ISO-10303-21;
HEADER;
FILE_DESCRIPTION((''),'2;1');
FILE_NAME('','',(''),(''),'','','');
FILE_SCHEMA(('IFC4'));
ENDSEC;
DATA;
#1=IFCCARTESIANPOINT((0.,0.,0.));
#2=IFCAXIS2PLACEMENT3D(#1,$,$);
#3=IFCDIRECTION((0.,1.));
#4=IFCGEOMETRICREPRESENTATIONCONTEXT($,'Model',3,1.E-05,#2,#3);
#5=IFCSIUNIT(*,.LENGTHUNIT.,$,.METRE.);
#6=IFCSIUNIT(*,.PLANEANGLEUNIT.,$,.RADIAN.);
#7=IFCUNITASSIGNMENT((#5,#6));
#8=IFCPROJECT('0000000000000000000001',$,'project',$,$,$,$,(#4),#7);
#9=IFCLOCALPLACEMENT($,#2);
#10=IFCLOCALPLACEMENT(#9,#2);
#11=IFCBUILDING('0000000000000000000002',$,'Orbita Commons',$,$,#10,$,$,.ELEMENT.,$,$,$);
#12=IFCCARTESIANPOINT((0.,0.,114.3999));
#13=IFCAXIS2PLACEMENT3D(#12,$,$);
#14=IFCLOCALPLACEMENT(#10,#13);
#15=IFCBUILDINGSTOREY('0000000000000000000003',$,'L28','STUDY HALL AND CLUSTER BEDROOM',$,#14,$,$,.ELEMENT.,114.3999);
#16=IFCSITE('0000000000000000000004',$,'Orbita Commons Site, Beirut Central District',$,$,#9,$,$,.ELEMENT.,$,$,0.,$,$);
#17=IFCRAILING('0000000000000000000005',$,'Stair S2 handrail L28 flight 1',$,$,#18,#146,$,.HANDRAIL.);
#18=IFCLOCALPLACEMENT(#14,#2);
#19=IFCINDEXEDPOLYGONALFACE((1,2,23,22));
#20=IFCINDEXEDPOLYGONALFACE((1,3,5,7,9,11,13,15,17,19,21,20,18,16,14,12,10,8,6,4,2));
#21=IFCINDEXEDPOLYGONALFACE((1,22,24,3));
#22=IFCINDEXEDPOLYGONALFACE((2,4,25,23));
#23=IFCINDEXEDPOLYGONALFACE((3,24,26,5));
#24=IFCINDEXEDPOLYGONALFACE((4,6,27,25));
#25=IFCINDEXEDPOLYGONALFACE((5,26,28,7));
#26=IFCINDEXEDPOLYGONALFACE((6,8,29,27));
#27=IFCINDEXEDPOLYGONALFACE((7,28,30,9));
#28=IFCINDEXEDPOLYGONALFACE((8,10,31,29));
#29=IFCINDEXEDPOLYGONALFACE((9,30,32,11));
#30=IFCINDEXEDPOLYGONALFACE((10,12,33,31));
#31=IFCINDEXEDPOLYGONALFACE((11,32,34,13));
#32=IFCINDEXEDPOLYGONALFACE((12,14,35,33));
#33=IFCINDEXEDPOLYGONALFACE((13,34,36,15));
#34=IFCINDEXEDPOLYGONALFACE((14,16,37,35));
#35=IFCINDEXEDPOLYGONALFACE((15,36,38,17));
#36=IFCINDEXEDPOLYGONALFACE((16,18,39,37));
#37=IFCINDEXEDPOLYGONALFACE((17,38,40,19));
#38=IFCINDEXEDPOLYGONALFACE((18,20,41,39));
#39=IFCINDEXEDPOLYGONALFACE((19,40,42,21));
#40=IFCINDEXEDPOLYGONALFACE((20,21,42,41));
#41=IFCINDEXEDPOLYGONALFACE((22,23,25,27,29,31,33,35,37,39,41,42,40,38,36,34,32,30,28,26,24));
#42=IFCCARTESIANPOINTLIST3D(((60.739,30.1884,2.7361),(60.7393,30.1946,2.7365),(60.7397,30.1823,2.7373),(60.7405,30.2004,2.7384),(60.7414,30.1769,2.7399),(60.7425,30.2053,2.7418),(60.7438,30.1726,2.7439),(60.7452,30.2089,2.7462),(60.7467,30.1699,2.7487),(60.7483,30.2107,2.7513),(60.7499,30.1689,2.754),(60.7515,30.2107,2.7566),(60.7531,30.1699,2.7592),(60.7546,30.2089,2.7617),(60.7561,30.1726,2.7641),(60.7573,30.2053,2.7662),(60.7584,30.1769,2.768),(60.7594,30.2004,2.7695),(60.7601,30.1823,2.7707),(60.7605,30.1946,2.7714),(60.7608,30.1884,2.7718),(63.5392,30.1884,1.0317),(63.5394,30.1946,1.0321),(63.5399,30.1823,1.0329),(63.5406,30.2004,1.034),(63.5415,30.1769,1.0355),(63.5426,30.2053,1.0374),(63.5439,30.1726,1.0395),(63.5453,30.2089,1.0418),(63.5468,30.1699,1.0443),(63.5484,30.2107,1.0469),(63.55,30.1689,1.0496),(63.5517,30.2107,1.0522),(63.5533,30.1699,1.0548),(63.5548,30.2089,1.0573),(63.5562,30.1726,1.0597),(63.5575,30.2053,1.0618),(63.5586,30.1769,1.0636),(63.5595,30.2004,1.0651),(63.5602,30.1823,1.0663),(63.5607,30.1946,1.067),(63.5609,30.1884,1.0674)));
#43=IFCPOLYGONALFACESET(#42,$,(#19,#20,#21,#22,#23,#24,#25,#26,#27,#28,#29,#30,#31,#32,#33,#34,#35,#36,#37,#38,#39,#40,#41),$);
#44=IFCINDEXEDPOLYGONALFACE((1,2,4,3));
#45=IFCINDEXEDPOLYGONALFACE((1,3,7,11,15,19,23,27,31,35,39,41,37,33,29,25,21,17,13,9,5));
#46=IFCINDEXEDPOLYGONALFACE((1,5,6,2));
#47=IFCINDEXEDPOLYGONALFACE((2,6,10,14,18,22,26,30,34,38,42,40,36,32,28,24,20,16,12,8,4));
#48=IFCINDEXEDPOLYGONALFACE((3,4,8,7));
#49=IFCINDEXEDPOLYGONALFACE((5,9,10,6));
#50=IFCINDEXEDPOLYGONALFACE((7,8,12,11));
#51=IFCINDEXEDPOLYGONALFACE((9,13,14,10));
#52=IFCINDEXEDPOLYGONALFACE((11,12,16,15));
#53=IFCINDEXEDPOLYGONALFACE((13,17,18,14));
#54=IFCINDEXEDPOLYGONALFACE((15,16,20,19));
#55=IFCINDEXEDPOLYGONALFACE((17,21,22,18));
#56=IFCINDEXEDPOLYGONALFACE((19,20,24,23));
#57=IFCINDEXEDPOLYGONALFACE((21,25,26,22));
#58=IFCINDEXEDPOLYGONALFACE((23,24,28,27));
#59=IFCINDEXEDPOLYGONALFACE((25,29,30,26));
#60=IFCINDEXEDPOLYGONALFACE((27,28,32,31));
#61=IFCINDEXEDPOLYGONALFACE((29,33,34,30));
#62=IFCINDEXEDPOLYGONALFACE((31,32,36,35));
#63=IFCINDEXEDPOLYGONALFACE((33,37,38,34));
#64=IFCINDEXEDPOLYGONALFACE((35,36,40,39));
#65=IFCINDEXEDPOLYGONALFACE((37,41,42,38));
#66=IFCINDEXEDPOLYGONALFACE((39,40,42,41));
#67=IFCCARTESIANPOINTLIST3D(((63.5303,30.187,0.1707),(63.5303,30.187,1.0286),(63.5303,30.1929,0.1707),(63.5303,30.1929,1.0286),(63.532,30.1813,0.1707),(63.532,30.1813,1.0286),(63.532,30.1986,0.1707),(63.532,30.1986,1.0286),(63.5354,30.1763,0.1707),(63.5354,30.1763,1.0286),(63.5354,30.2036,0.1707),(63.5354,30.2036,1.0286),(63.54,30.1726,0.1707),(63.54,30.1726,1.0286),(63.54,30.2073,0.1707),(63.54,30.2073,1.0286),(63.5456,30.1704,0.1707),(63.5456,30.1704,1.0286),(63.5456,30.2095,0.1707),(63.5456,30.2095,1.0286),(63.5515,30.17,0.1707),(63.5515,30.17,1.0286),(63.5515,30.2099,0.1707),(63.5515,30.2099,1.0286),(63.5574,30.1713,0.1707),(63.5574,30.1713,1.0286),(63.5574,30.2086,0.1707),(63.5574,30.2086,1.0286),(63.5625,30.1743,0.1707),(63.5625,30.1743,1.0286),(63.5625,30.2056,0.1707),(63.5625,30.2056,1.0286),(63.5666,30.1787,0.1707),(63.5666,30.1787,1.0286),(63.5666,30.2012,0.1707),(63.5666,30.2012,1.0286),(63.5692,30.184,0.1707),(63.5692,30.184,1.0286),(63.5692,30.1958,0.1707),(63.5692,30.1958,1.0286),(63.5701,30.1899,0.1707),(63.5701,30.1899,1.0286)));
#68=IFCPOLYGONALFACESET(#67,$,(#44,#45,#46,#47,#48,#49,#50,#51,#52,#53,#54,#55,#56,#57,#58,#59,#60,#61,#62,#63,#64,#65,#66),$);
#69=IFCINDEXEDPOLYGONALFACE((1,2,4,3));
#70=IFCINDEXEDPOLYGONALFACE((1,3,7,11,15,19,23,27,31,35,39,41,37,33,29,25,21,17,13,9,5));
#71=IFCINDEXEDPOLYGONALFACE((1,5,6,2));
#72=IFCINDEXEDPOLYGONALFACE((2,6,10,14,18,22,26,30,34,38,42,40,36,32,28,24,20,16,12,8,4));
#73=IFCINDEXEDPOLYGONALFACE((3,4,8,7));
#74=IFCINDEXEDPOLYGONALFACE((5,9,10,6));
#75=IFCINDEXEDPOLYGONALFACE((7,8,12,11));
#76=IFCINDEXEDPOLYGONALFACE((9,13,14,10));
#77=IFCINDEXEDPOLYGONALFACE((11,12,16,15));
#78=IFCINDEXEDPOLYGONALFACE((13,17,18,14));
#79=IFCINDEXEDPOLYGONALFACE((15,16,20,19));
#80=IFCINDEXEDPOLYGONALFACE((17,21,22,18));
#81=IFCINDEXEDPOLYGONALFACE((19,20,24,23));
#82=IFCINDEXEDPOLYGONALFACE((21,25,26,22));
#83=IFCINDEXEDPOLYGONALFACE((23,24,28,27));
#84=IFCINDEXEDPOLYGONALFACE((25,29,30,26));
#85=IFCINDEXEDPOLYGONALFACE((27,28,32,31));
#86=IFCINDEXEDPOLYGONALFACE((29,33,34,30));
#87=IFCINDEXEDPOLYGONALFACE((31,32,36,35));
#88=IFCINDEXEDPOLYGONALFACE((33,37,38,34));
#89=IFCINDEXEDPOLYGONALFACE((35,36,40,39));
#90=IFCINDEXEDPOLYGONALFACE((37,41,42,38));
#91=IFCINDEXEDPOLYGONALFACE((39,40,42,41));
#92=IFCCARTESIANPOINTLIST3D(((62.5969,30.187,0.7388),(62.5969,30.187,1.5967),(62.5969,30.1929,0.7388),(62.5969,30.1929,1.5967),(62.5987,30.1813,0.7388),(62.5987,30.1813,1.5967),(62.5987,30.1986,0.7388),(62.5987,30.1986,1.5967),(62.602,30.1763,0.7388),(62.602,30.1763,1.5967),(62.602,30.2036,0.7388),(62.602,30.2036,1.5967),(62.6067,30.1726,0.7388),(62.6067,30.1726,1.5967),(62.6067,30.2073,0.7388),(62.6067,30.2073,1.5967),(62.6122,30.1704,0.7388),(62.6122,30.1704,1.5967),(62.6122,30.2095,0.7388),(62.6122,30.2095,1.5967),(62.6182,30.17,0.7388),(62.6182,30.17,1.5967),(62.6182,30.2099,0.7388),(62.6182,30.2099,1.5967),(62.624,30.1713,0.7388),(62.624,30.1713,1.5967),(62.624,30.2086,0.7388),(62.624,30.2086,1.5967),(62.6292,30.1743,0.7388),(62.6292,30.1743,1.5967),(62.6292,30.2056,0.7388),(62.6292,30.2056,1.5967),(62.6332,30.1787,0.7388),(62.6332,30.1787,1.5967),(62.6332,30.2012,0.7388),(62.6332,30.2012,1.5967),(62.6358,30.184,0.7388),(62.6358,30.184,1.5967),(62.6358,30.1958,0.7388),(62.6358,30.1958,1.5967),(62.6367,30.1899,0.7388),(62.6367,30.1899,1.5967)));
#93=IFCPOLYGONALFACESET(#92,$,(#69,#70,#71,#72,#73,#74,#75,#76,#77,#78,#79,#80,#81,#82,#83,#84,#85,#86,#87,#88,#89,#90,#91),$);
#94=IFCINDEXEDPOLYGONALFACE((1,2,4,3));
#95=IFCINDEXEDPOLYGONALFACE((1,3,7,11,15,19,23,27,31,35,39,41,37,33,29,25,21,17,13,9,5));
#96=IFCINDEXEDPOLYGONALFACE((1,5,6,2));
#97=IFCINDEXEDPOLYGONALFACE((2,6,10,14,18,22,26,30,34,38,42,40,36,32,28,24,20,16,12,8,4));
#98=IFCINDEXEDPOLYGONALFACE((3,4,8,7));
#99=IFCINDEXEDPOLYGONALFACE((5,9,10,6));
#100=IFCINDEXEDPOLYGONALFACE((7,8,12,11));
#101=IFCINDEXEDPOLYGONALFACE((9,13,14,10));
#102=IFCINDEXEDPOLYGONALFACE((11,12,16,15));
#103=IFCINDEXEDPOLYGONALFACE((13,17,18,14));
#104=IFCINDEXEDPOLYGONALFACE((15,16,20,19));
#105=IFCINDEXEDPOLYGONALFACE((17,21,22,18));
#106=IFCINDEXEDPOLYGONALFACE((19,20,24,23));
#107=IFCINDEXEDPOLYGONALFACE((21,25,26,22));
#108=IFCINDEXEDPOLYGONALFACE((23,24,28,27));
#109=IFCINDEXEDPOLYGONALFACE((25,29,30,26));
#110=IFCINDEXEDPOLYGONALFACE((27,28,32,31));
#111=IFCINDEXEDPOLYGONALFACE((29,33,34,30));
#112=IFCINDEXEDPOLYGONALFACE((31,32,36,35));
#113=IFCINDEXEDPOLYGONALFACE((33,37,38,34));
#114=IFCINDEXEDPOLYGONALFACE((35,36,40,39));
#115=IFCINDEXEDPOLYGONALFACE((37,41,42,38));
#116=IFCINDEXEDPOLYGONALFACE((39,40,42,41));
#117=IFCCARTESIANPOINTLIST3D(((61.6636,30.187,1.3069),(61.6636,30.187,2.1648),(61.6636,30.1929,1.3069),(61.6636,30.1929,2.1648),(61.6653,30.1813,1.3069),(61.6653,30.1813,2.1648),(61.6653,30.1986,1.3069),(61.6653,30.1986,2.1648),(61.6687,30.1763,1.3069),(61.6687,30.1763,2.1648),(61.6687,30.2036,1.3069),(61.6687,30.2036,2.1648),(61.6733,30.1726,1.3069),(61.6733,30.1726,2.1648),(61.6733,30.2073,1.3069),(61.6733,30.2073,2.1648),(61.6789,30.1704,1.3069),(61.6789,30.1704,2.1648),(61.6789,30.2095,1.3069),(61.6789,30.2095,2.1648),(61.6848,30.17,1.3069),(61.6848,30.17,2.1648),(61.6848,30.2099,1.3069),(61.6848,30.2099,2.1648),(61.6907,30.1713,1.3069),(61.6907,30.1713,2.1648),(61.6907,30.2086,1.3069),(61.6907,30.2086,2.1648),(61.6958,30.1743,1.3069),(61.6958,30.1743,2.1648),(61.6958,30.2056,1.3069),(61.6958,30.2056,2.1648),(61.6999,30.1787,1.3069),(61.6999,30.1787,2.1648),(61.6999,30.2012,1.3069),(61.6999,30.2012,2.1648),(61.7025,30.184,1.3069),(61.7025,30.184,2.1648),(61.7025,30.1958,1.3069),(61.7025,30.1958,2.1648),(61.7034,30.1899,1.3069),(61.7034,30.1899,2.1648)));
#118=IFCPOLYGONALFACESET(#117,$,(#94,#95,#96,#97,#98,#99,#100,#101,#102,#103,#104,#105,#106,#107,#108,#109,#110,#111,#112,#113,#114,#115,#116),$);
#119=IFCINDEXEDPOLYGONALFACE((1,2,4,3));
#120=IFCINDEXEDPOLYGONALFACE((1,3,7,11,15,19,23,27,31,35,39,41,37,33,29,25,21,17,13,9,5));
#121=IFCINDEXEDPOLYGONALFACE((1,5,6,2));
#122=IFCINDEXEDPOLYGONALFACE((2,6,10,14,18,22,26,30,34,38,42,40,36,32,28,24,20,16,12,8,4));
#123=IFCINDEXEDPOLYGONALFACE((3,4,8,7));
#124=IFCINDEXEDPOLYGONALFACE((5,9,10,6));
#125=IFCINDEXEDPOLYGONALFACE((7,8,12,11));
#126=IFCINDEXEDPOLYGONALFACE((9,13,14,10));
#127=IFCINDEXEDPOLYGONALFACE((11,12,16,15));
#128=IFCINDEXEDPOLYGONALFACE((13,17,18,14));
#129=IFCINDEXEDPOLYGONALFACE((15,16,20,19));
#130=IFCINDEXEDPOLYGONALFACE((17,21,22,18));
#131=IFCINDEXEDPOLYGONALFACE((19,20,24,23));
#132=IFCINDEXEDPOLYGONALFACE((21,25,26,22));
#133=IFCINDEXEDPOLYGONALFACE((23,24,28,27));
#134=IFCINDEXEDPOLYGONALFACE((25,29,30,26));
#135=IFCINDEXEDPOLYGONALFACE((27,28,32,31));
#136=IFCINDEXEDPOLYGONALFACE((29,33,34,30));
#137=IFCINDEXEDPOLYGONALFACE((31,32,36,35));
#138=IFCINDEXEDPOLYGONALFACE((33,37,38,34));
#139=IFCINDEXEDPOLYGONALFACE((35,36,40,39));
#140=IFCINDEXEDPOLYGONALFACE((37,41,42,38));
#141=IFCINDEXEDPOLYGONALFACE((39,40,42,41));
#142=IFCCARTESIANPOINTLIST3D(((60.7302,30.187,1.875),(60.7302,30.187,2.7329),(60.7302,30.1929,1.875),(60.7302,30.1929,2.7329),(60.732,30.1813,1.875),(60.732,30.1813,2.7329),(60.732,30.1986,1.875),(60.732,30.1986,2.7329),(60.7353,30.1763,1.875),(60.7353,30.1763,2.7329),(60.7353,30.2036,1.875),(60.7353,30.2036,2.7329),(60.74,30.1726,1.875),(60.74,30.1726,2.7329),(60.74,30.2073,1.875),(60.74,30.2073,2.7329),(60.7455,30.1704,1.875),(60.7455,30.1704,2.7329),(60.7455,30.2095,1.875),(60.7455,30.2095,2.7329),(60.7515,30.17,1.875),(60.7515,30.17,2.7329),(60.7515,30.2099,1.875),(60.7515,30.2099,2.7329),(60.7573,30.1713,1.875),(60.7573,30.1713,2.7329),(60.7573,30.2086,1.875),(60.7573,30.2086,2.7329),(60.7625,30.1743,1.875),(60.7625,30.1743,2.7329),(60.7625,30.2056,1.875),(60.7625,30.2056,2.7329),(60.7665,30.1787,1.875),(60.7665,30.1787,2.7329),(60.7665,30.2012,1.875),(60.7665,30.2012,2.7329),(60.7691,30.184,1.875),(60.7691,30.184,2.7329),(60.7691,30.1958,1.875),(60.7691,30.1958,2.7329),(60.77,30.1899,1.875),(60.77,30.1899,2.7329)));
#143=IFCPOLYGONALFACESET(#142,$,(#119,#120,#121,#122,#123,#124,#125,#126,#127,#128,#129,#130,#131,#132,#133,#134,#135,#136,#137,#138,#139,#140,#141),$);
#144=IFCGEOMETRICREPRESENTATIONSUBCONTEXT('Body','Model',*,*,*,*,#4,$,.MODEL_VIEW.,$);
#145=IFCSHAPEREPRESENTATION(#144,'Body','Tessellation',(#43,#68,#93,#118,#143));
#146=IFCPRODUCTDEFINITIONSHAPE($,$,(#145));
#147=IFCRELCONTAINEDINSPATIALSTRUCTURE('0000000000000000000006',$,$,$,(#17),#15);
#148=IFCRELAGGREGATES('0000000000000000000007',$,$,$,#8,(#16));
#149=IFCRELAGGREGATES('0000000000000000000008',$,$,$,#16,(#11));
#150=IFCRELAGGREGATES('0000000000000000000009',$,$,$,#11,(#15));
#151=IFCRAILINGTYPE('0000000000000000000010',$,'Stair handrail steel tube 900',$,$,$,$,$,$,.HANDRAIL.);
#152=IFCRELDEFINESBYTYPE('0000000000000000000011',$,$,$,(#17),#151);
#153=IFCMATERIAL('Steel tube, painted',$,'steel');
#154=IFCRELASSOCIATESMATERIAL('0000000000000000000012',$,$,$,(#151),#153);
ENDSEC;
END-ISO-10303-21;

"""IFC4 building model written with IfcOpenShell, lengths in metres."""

from ifc_helpers import new_model, si_unit, direction, frame, origin, origin_2d, place, context, subcontext, project, spatial, circle, extrude, material, type_object, element, save


model = new_model("IFC4")

# Units and contexts
model_context = context("Model", 3, precision=1e-05, world=origin(), true_north=direction((0.0, 1.0)))
body_context = subcontext(model_context, "Body", "Model", "MODEL_VIEW")
ifc_project = project(units=[si_unit("LENGTHUNIT", "METRE"), si_unit("PLANEANGLEUNIT", "RADIAN")], contexts=[model_context])

# Site, building, storey
site_placement = place(None, origin())
site = spatial("IfcSite", under=ifc_project, at=site_placement, Name="Orbita Commons Site, Beirut Central District", CompositionType="ELEMENT", RefElevation=0.0)
building_placement = place(site_placement, origin())
building = spatial("IfcBuilding", under=site, at=building_placement, Name="Orbita Commons", CompositionType="ELEMENT")
storey_placement = place(building_placement, frame((0.0, 0.0, 114.3999)))
storey = spatial("IfcBuildingStorey", under=building, at=storey_placement, Name="L28", Description="STUDY HALL AND CLUSTER BEDROOM", CompositionType="ELEMENT", Elevation=114.3999)

# Railing
ifc_material_1 = material(Name="Steel tube, painted", Category="steel")
railing_type = type_object("IfcRailingType", Name="Stair handrail steel tube 900", PredefinedType="HANDRAIL", material=ifc_material_1)
railing_placement = place(storey_placement, frame((63.55, 30.1899, 0.1707)))
element("IfcRailing", 1, at=railing_placement, inside=storey, type_object=railing_type, Name="Stair S2 handrail L28 flight 1", PredefinedType="HANDRAIL", context=body_context, shape_type="SweptSolid", body=[
    extrude(circle(Radius=0.021, at=origin_2d()), frame((0.0, 0.0, 0.8789), z_axis=(-0.854203, 0.0, 0.51994), x_axis=(0.0, -1.0, 0.0)), (0.0, 0.0, 1.0), 3.2781),
    extrude(circle(Radius=0.02, at=origin_2d()), origin(), (0.0, 0.0, 1.0), 0.8579),
    extrude(circle(Radius=0.02, at=origin_2d()), frame((-0.9333, 0.0, 0.5681)), (0.0, 0.0, 1.0), 0.8579),
    extrude(circle(Radius=0.02, at=origin_2d()), frame((-1.8667, 0.0, 1.1362)), (0.0, 0.0, 1.0), 0.8579),
    extrude(circle(Radius=0.02, at=origin_2d()), frame((-2.8, 0.0, 1.7043)), (0.0, 0.0, 1.0), 0.8579),
])

save(model, "model.ifc")
